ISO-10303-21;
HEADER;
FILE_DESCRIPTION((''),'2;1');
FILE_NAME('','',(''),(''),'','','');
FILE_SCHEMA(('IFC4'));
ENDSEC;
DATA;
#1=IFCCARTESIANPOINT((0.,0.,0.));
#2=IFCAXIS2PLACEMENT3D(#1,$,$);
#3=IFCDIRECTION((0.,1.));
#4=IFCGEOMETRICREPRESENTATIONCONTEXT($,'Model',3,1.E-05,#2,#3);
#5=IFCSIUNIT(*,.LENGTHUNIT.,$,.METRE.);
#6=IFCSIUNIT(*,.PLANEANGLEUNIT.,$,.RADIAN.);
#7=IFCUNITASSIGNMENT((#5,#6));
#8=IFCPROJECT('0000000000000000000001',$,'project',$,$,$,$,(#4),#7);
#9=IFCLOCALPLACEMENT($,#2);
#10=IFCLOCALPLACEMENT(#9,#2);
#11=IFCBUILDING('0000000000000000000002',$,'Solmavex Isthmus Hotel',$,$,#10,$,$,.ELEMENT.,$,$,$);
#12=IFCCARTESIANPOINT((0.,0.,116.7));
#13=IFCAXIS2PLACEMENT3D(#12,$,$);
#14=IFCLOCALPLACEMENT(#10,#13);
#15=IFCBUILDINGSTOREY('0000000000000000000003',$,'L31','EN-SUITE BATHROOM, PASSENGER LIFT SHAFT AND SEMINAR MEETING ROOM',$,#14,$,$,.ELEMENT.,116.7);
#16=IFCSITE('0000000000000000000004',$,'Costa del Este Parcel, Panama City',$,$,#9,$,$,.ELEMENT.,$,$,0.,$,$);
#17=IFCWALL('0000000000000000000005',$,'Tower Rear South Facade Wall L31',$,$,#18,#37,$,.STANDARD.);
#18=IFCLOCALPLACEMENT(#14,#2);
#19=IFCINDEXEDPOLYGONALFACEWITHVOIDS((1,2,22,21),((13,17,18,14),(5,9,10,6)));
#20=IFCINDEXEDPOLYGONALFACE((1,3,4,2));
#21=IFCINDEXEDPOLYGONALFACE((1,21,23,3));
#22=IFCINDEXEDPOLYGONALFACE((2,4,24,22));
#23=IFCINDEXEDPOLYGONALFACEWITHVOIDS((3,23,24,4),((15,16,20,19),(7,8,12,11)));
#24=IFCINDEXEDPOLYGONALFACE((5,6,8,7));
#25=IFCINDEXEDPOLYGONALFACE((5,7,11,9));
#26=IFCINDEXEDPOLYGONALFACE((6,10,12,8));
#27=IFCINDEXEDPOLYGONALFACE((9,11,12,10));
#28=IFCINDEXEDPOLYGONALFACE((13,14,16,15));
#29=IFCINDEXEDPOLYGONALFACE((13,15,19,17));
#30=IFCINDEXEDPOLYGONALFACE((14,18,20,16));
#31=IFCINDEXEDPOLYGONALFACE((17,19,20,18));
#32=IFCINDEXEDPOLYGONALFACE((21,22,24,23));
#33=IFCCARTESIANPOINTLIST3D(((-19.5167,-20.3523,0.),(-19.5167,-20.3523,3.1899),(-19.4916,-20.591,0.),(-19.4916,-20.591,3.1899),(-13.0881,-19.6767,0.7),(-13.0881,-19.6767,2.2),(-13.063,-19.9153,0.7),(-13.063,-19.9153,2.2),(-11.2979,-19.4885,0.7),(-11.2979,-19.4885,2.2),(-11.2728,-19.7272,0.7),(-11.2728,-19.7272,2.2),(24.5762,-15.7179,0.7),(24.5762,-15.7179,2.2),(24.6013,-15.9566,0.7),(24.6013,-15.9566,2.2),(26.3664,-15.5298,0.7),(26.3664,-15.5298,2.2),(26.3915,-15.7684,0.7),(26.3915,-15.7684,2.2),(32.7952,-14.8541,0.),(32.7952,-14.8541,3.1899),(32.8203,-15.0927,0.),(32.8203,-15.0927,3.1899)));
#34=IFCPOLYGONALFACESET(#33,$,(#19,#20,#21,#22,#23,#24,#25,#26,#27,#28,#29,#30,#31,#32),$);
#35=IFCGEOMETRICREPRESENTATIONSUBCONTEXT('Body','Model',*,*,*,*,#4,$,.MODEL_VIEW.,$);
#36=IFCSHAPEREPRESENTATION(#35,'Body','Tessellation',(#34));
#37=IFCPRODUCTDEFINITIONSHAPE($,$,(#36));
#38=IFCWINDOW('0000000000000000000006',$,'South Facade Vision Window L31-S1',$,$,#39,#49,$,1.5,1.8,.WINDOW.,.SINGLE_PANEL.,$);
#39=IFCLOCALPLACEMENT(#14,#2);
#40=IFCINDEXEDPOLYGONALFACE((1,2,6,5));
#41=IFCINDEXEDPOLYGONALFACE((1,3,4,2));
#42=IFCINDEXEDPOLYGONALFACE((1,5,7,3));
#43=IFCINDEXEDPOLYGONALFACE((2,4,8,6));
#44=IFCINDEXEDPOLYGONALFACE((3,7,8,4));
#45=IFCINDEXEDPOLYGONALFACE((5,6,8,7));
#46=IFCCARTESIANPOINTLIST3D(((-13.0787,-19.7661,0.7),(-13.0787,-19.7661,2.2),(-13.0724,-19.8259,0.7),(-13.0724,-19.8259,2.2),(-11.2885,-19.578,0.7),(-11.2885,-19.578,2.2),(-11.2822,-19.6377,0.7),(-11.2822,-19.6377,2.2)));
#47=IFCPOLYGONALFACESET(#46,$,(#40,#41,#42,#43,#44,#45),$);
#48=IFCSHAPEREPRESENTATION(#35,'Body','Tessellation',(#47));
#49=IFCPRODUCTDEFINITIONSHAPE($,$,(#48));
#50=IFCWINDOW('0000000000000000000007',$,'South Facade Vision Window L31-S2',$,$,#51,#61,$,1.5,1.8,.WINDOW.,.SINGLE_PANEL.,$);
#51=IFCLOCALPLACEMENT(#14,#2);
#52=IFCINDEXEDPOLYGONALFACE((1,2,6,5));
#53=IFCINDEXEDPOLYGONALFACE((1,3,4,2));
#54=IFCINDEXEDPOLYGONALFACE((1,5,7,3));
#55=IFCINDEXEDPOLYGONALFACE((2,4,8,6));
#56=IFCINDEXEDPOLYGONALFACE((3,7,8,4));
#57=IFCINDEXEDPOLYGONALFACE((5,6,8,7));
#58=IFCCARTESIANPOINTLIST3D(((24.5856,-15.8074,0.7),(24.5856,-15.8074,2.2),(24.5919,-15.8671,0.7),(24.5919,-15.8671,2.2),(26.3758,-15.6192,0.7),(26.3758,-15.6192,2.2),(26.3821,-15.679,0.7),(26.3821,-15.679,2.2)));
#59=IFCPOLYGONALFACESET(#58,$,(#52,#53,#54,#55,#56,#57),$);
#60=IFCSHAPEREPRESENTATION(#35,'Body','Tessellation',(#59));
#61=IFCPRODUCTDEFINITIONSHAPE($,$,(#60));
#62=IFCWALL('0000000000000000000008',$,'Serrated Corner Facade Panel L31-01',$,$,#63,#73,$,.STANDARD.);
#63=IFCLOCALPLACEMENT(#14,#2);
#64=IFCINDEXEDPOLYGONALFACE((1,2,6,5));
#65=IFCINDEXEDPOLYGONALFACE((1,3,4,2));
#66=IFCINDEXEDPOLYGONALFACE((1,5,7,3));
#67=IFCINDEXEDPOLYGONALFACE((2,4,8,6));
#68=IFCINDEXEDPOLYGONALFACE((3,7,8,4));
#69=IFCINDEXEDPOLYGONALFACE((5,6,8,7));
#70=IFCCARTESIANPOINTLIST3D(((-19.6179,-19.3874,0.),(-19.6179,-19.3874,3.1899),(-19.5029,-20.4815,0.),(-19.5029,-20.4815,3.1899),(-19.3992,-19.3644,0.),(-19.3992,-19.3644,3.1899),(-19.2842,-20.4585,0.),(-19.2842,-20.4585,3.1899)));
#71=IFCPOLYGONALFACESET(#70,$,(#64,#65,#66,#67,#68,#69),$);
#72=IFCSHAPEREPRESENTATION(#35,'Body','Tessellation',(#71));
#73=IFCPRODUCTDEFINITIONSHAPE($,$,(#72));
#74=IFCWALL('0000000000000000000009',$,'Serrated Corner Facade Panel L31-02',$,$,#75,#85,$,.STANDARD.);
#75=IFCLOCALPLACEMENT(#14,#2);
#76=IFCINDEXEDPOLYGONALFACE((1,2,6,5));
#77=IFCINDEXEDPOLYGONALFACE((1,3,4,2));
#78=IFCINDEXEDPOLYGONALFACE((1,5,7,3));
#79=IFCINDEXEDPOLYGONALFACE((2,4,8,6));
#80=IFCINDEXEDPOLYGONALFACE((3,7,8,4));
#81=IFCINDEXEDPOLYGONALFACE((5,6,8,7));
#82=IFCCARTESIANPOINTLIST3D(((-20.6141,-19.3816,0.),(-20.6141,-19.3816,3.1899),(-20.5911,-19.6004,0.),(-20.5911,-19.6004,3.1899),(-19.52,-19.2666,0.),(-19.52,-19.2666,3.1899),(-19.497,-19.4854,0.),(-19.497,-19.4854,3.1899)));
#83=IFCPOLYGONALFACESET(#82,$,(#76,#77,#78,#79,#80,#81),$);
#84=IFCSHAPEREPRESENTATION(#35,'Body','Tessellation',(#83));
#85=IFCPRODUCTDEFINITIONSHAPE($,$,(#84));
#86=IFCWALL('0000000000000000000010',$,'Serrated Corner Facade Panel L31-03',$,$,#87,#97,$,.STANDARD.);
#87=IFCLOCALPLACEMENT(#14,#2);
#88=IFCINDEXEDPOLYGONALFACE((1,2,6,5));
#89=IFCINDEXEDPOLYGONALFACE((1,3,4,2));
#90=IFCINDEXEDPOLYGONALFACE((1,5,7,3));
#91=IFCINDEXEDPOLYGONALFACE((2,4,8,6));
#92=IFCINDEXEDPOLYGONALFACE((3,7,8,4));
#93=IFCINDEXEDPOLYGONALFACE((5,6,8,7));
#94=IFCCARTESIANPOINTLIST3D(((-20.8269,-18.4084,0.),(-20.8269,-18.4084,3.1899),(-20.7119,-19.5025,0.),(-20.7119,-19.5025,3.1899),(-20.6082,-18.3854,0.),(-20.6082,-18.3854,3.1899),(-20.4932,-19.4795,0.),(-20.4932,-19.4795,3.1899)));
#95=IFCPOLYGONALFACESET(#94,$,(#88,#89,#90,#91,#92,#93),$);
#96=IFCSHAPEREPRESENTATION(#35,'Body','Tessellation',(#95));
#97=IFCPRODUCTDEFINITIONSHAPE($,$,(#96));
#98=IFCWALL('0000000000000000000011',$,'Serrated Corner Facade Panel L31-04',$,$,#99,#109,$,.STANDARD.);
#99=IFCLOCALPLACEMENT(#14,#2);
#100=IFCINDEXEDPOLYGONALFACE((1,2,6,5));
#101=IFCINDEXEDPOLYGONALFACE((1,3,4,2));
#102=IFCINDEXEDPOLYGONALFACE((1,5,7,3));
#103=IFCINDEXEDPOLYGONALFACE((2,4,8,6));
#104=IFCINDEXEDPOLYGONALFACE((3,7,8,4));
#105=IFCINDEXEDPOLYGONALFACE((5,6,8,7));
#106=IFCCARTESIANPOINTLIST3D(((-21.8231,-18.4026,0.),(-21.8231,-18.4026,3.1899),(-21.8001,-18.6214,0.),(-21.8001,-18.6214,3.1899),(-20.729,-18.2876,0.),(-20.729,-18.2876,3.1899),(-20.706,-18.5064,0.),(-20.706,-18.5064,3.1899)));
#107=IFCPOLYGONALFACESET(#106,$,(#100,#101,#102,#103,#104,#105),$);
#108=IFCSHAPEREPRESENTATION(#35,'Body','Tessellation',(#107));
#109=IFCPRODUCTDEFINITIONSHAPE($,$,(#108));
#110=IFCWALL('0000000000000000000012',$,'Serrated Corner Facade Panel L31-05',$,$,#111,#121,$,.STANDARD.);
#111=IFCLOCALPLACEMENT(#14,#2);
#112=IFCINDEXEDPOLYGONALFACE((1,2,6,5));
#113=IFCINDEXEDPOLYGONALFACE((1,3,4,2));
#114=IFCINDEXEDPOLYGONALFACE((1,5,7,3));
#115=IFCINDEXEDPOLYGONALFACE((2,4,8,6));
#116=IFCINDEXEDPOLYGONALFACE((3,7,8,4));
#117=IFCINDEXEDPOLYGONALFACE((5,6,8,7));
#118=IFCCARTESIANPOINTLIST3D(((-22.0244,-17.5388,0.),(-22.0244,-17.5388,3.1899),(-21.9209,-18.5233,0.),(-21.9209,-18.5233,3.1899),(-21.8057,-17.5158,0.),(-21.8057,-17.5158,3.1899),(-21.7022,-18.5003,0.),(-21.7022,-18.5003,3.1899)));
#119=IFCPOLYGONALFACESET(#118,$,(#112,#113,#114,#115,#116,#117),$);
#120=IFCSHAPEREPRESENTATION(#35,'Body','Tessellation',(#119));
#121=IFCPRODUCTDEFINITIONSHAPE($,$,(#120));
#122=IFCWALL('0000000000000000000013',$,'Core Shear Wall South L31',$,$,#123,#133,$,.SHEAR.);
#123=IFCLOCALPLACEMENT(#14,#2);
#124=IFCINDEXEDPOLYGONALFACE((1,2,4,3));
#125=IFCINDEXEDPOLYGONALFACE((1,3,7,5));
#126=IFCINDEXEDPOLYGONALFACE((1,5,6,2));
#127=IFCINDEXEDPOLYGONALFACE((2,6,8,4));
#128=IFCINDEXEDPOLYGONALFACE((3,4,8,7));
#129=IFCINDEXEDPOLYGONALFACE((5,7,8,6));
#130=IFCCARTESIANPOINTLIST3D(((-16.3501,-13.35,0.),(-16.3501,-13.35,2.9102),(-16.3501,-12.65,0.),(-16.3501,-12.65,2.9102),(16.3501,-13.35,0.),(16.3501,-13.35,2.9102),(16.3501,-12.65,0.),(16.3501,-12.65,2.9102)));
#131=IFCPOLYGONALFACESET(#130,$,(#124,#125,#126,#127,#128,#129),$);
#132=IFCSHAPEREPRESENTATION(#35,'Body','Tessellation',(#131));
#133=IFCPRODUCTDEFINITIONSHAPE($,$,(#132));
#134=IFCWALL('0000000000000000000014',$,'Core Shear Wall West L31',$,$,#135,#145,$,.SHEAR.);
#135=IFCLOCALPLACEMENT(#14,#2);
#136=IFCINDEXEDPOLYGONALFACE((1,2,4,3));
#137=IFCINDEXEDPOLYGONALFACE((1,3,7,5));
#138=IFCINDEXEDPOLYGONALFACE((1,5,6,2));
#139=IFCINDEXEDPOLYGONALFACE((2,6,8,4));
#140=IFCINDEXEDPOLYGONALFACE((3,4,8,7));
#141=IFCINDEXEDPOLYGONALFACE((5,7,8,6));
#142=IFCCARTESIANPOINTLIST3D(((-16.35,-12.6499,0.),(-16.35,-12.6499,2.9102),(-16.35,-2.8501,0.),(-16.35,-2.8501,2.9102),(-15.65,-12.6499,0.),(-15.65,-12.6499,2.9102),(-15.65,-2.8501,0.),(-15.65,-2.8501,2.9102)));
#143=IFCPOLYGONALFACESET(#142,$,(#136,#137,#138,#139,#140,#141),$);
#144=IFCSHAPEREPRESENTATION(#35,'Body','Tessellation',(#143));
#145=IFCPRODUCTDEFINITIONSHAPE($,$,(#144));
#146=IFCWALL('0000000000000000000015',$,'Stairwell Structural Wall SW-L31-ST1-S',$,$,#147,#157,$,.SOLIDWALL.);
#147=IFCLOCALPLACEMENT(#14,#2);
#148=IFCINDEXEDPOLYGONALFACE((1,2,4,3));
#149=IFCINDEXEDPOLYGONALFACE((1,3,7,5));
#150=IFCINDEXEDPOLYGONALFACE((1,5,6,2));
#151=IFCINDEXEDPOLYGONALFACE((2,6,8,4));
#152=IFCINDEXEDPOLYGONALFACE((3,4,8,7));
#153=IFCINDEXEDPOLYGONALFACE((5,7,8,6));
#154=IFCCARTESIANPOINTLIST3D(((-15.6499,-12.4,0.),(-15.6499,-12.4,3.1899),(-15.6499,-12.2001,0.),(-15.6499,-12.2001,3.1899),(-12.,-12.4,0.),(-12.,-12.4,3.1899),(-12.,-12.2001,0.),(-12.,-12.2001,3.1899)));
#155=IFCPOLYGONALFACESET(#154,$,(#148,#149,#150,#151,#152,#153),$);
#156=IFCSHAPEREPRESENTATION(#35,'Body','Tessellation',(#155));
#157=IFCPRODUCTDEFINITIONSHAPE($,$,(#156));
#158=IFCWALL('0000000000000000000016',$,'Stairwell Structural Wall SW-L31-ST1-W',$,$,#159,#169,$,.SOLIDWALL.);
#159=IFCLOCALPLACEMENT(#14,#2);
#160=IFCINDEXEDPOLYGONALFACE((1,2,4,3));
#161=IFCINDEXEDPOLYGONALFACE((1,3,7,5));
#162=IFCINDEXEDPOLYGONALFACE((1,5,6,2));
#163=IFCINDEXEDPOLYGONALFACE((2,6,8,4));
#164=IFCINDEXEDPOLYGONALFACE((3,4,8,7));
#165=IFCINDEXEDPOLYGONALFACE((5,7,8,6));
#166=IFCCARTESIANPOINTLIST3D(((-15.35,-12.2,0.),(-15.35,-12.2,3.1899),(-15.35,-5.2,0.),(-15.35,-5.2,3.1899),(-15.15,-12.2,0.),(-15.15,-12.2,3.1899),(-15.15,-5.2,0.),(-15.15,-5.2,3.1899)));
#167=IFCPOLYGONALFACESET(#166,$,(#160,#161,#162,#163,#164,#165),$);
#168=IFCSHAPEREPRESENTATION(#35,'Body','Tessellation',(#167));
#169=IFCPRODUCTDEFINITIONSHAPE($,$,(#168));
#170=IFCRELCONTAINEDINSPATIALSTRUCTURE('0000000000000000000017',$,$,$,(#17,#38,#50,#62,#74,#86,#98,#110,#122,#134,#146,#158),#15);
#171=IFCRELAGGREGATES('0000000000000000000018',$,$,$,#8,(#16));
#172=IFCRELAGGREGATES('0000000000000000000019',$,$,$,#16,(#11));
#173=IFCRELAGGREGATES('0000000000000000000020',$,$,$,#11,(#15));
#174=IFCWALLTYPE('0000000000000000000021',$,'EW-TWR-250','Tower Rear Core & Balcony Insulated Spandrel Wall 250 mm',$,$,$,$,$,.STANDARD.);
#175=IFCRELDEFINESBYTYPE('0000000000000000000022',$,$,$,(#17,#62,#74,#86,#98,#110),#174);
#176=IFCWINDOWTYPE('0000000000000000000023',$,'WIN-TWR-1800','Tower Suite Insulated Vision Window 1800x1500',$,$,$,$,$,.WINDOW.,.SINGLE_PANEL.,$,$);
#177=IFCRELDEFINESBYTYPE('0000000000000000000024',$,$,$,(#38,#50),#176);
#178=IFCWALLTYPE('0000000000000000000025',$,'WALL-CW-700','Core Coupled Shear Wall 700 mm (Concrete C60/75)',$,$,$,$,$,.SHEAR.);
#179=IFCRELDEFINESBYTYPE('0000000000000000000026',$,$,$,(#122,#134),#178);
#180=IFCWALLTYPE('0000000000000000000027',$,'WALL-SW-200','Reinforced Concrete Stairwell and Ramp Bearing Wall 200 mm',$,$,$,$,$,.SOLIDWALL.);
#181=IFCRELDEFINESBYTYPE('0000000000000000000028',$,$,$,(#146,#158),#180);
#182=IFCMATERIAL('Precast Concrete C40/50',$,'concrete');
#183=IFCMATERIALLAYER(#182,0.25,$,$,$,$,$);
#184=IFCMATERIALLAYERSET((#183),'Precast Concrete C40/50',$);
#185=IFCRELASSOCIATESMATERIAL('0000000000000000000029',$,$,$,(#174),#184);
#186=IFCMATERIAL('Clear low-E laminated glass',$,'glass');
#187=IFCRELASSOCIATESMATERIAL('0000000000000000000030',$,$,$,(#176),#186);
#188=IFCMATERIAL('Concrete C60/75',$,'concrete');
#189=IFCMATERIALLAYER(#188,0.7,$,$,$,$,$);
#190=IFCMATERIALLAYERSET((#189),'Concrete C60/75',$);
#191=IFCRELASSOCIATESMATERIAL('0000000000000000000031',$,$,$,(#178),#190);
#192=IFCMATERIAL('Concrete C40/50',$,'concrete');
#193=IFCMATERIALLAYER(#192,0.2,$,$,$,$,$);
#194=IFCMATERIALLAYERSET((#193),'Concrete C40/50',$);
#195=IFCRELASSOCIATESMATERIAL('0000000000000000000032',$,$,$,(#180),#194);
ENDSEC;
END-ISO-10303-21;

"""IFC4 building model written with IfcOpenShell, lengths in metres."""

from ifc_helpers import new_model, si_unit, direction, frame, frame_2d, origin, place, context, subcontext, project, spatial, rectangle, extrude, material, layer, layer_set, type_object, element, fill, save


model = new_model("IFC4")

# Units and contexts
model_context = context("Model", 3, precision=1e-05, world=origin(), true_north=direction((0.0, 1.0)))
body_context = subcontext(model_context, "Body", "Model", "MODEL_VIEW")
ifc_project = project(units=[si_unit("LENGTHUNIT", "METRE"), si_unit("PLANEANGLEUNIT", "RADIAN")], contexts=[model_context])

# Site, building, storey
site_placement = place(None, origin())
site = spatial("IfcSite", under=ifc_project, at=site_placement, Name="Costa del Este Parcel, Panama City", CompositionType="ELEMENT", RefElevation=0.0)
building_placement = place(site_placement, origin())
building = spatial("IfcBuilding", under=site, at=building_placement, Name="Solmavex Isthmus Hotel", CompositionType="ELEMENT")
storey_placement = place(building_placement, frame((0.0, 0.0, 116.7)))
storey = spatial("IfcBuildingStorey", under=building, at=storey_placement, Name="L31", Description="EN-SUITE BATHROOM, PASSENGER LIFT SHAFT AND SEMINAR MEETING ROOM", CompositionType="ELEMENT", Elevation=116.7)

# Shared definitions
ifc_material_1 = material(Name="Concrete C60/75", Category="concrete")

# Shared definitions
ifc_material_2 = material(Name="Clear low-E laminated glass", Category="glass")

# Wall, openings, windows
ifc_material_3 = material(Name="Precast Concrete C40/50", Category="concrete")
ifc_layer_1 = layer(ifc_material_3, 0.25)
ifc_layer_set_1 = layer_set([ifc_layer_1], Name="Precast Concrete C40/50")
wall_type_1 = type_object("IfcWallType", Name="EW-TWR-250", Description="Tower Rear Core & Balcony Insulated Spandrel Wall 250 mm", PredefinedType="STANDARD", material=ifc_layer_set_1)
wall_1_placement = place(storey_placement, frame((-19.5042, -20.4717, 0.0), z_axis=(0.0, 0.0, 1.0), x_axis=(0.994522, 0.10453, 0.0)))
wall_1 = element("IfcWall", 1, at=wall_1_placement, inside=storey, type_object=wall_type_1, Name="Tower Rear South Facade Wall L31", PredefinedType="STANDARD", context=body_context, shape_type="SweptSolid", body=[
    extrude(rectangle(XDim=52.6001, YDim=0.24, at=frame_2d((26.3, 0.0))), origin(), (0.0, 0.0, 1.0), 3.1899),
])
opening_1_placement = place(wall_1_placement, frame((6.4641, 0.0, 0.7)))
opening_1 = element("IfcOpeningElement", 2, at=opening_1_placement, cuts=wall_1, PredefinedType="OPENING", context=body_context, shape_type="SweptSolid", body=[
    extrude(rectangle(XDim=1.8, YDim=1.5, at=frame_2d((0.8999, 0.75))), frame((0.0, 0.1299, 0.0), z_axis=(0.0, -1.0, 0.0), x_axis=(1.0, 0.0, 0.0)), (0.0, 0.0, 1.0), 0.26),
])
opening_2_placement = place(wall_1_placement, frame((44.3359, 0.0, 0.7)))
opening_2 = element("IfcOpeningElement", 3, at=opening_2_placement, cuts=wall_1, PredefinedType="OPENING", context=body_context, shape_type="SweptSolid", body=[
    extrude(rectangle(XDim=1.8, YDim=1.5, at=frame_2d((0.8999, 0.75))), frame((0.0, 0.1299, 0.0), z_axis=(0.0, -1.0, 0.0), x_axis=(1.0, 0.0, 0.0)), (0.0, 0.0, 1.0), 0.26),
])
window_type = type_object("IfcWindowType", Name="WIN-TWR-1800", Description="Tower Suite Insulated Vision Window 1800x1500", PartitioningType="SINGLE_PANEL", PredefinedType="WINDOW", material=ifc_material_2)
window_1_placement = place(opening_1_placement, origin())
window_1 = element("IfcWindow", 4, at=window_1_placement, inside=storey, type_object=window_type, Name="South Facade Vision Window L31-S1", OverallHeight=1.5, OverallWidth=1.8, PartitioningType="SINGLE_PANEL", PredefinedType="WINDOW", context=body_context, shape_type="SweptSolid", body=[
    extrude(rectangle(XDim=1.8, YDim=1.5, at=frame_2d((0.8999, 0.75))), frame((0.0, 0.03, 0.0), z_axis=(0.0, -1.0, 0.0), x_axis=(1.0, 0.0, 0.0)), (0.0, 0.0, 1.0), 0.0601),
])
fill(opening_1, window_1)
window_2_placement = place(opening_2_placement, origin())
window_2 = element("IfcWindow", 5, at=window_2_placement, inside=storey, type_object=window_type, Name="South Facade Vision Window L31-S2", OverallHeight=1.5, OverallWidth=1.8, PartitioningType="SINGLE_PANEL", PredefinedType="WINDOW", context=body_context, shape_type="SweptSolid", body=[
    extrude(rectangle(XDim=1.8, YDim=1.5, at=frame_2d((0.8999, 0.75))), frame((0.0, 0.03, 0.0), z_axis=(0.0, -1.0, 0.0), x_axis=(1.0, 0.0, 0.0)), (0.0, 0.0, 1.0), 0.0601),
])
fill(opening_2, window_2)

# Walls
for number, where, z_axis, x_axis, name in (
    (6, (-19.3936, -20.47, 0.0), (0.0, 0.0, 1.0), (-0.104535, 0.994521, 0.0), "Serrated Corner Facade Panel L31-01"),
    (7, (-19.5085, -19.376, 0.0), (0.0, 0.0, 1.0), (-0.994521, -0.104535, 0.0), "Serrated Corner Facade Panel L31-02"),
    (8, (-20.6025, -19.491, 0.0), (0.0, 0.0, 1.0), (-0.104535, 0.994521, 0.0), "Serrated Corner Facade Panel L31-03"),
    (9, (-20.7175, -18.397, 0.0), (0.0, 0.0, 1.0), (-0.994521, -0.104535, 0.0), "Serrated Corner Facade Panel L31-04"),
):
    element("IfcWall", number, at=place(storey_placement, frame(where, z_axis=z_axis, x_axis=x_axis)), inside=storey, type_object=wall_type_1, Name=name, PredefinedType="STANDARD", context=body_context, shape_type="SweptSolid", body=[
        extrude(rectangle(XDim=1.1001, YDim=0.22, at=frame_2d((0.55, 0.0))), origin(), (0.0, 0.0, 1.0), 3.1899),
    ])
wall_2_placement = place(storey_placement, frame((-21.8115, -18.512, 0.0), z_axis=(0.0, 0.0, 1.0), x_axis=(-0.104556, 0.994519, 0.0)))
element("IfcWall", 10, at=wall_2_placement, inside=storey, type_object=wall_type_1, Name="Serrated Corner Facade Panel L31-05", PredefinedType="STANDARD", context=body_context, shape_type="SweptSolid", body=[
    extrude(rectangle(XDim=0.99, YDim=0.22, at=frame_2d((0.4951, 0.0))), origin(), (0.0, 0.0, 1.0), 3.1899),
])

# Walls
ifc_layer_2 = layer(ifc_material_1, 0.7)
ifc_layer_set_2 = layer_set([ifc_layer_2], Name="Concrete C60/75")
wall_type_2 = type_object("IfcWallType", Name="WALL-CW-700", Description="Core Coupled Shear Wall 700 mm (Concrete C60/75)", PredefinedType="SHEAR", material=ifc_layer_set_2)
wall_3_placement = place(storey_placement, frame((-16.3501, -13.0, 0.0), z_axis=(0.0, 0.0, 1.0), x_axis=(1.0, 0.0, 0.0)))
element("IfcWall", 11, at=wall_3_placement, inside=storey, type_object=wall_type_2, Name="Core Shear Wall South L31", PredefinedType="SHEAR", context=body_context, shape_type="SweptSolid", body=[
    extrude(rectangle(XDim=32.7002, YDim=0.7, at=frame_2d((16.3501, 0.0))), origin(), (0.0, 0.0, 1.0), 2.9102),
])
wall_4_placement = place(storey_placement, frame((-16.0, -12.6499, 0.0), z_axis=(0.0, 0.0, 1.0), x_axis=(0.0, 1.0, 0.0)))
element("IfcWall", 12, at=wall_4_placement, inside=storey, type_object=wall_type_2, Name="Core Shear Wall West L31", PredefinedType="SHEAR", context=body_context, shape_type="SweptSolid", body=[
    extrude(rectangle(XDim=9.7998, YDim=0.7, at=frame_2d((4.8999, 0.0))), origin(), (0.0, 0.0, 1.0), 2.9102),
])
ifc_material_4 = material(Name="Concrete C40/50", Category="concrete")
ifc_layer_3 = layer(ifc_material_4, 0.2)
ifc_layer_set_3 = layer_set([ifc_layer_3], Name="Concrete C40/50")
wall_type_3 = type_object("IfcWallType", Name="WALL-SW-200", Description="Reinforced Concrete Stairwell and Ramp Bearing Wall 200 mm", PredefinedType="SOLIDWALL", material=ifc_layer_set_3)
wall_5_placement = place(storey_placement, frame((-15.6499, -12.3, 0.0), z_axis=(0.0, 0.0, 1.0), x_axis=(1.0, 0.0, 0.0)))
element("IfcWall", 13, at=wall_5_placement, inside=storey, type_object=wall_type_3, Name="Stairwell Structural Wall SW-L31-ST1-S", PredefinedType="SOLIDWALL", context=body_context, shape_type="SweptSolid", body=[
    extrude(rectangle(XDim=3.6499, YDim=0.2, at=frame_2d((1.825, 0.0))), origin(), (0.0, 0.0, 1.0), 3.1899),
])
wall_6_placement = place(storey_placement, frame((-15.25, -12.2, 0.0), z_axis=(0.0, 0.0, 1.0), x_axis=(0.0, 1.0, 0.0)))
element("IfcWall", 14, at=wall_6_placement, inside=storey, type_object=wall_type_3, Name="Stairwell Structural Wall SW-L31-ST1-W", PredefinedType="SOLIDWALL", context=body_context, shape_type="SweptSolid", body=[
    extrude(rectangle(XDim=7.0, YDim=0.2, at=frame_2d((3.5, 0.0))), origin(), (0.0, 0.0, 1.0), 3.1899),
])

save(model, "model.ifc")
